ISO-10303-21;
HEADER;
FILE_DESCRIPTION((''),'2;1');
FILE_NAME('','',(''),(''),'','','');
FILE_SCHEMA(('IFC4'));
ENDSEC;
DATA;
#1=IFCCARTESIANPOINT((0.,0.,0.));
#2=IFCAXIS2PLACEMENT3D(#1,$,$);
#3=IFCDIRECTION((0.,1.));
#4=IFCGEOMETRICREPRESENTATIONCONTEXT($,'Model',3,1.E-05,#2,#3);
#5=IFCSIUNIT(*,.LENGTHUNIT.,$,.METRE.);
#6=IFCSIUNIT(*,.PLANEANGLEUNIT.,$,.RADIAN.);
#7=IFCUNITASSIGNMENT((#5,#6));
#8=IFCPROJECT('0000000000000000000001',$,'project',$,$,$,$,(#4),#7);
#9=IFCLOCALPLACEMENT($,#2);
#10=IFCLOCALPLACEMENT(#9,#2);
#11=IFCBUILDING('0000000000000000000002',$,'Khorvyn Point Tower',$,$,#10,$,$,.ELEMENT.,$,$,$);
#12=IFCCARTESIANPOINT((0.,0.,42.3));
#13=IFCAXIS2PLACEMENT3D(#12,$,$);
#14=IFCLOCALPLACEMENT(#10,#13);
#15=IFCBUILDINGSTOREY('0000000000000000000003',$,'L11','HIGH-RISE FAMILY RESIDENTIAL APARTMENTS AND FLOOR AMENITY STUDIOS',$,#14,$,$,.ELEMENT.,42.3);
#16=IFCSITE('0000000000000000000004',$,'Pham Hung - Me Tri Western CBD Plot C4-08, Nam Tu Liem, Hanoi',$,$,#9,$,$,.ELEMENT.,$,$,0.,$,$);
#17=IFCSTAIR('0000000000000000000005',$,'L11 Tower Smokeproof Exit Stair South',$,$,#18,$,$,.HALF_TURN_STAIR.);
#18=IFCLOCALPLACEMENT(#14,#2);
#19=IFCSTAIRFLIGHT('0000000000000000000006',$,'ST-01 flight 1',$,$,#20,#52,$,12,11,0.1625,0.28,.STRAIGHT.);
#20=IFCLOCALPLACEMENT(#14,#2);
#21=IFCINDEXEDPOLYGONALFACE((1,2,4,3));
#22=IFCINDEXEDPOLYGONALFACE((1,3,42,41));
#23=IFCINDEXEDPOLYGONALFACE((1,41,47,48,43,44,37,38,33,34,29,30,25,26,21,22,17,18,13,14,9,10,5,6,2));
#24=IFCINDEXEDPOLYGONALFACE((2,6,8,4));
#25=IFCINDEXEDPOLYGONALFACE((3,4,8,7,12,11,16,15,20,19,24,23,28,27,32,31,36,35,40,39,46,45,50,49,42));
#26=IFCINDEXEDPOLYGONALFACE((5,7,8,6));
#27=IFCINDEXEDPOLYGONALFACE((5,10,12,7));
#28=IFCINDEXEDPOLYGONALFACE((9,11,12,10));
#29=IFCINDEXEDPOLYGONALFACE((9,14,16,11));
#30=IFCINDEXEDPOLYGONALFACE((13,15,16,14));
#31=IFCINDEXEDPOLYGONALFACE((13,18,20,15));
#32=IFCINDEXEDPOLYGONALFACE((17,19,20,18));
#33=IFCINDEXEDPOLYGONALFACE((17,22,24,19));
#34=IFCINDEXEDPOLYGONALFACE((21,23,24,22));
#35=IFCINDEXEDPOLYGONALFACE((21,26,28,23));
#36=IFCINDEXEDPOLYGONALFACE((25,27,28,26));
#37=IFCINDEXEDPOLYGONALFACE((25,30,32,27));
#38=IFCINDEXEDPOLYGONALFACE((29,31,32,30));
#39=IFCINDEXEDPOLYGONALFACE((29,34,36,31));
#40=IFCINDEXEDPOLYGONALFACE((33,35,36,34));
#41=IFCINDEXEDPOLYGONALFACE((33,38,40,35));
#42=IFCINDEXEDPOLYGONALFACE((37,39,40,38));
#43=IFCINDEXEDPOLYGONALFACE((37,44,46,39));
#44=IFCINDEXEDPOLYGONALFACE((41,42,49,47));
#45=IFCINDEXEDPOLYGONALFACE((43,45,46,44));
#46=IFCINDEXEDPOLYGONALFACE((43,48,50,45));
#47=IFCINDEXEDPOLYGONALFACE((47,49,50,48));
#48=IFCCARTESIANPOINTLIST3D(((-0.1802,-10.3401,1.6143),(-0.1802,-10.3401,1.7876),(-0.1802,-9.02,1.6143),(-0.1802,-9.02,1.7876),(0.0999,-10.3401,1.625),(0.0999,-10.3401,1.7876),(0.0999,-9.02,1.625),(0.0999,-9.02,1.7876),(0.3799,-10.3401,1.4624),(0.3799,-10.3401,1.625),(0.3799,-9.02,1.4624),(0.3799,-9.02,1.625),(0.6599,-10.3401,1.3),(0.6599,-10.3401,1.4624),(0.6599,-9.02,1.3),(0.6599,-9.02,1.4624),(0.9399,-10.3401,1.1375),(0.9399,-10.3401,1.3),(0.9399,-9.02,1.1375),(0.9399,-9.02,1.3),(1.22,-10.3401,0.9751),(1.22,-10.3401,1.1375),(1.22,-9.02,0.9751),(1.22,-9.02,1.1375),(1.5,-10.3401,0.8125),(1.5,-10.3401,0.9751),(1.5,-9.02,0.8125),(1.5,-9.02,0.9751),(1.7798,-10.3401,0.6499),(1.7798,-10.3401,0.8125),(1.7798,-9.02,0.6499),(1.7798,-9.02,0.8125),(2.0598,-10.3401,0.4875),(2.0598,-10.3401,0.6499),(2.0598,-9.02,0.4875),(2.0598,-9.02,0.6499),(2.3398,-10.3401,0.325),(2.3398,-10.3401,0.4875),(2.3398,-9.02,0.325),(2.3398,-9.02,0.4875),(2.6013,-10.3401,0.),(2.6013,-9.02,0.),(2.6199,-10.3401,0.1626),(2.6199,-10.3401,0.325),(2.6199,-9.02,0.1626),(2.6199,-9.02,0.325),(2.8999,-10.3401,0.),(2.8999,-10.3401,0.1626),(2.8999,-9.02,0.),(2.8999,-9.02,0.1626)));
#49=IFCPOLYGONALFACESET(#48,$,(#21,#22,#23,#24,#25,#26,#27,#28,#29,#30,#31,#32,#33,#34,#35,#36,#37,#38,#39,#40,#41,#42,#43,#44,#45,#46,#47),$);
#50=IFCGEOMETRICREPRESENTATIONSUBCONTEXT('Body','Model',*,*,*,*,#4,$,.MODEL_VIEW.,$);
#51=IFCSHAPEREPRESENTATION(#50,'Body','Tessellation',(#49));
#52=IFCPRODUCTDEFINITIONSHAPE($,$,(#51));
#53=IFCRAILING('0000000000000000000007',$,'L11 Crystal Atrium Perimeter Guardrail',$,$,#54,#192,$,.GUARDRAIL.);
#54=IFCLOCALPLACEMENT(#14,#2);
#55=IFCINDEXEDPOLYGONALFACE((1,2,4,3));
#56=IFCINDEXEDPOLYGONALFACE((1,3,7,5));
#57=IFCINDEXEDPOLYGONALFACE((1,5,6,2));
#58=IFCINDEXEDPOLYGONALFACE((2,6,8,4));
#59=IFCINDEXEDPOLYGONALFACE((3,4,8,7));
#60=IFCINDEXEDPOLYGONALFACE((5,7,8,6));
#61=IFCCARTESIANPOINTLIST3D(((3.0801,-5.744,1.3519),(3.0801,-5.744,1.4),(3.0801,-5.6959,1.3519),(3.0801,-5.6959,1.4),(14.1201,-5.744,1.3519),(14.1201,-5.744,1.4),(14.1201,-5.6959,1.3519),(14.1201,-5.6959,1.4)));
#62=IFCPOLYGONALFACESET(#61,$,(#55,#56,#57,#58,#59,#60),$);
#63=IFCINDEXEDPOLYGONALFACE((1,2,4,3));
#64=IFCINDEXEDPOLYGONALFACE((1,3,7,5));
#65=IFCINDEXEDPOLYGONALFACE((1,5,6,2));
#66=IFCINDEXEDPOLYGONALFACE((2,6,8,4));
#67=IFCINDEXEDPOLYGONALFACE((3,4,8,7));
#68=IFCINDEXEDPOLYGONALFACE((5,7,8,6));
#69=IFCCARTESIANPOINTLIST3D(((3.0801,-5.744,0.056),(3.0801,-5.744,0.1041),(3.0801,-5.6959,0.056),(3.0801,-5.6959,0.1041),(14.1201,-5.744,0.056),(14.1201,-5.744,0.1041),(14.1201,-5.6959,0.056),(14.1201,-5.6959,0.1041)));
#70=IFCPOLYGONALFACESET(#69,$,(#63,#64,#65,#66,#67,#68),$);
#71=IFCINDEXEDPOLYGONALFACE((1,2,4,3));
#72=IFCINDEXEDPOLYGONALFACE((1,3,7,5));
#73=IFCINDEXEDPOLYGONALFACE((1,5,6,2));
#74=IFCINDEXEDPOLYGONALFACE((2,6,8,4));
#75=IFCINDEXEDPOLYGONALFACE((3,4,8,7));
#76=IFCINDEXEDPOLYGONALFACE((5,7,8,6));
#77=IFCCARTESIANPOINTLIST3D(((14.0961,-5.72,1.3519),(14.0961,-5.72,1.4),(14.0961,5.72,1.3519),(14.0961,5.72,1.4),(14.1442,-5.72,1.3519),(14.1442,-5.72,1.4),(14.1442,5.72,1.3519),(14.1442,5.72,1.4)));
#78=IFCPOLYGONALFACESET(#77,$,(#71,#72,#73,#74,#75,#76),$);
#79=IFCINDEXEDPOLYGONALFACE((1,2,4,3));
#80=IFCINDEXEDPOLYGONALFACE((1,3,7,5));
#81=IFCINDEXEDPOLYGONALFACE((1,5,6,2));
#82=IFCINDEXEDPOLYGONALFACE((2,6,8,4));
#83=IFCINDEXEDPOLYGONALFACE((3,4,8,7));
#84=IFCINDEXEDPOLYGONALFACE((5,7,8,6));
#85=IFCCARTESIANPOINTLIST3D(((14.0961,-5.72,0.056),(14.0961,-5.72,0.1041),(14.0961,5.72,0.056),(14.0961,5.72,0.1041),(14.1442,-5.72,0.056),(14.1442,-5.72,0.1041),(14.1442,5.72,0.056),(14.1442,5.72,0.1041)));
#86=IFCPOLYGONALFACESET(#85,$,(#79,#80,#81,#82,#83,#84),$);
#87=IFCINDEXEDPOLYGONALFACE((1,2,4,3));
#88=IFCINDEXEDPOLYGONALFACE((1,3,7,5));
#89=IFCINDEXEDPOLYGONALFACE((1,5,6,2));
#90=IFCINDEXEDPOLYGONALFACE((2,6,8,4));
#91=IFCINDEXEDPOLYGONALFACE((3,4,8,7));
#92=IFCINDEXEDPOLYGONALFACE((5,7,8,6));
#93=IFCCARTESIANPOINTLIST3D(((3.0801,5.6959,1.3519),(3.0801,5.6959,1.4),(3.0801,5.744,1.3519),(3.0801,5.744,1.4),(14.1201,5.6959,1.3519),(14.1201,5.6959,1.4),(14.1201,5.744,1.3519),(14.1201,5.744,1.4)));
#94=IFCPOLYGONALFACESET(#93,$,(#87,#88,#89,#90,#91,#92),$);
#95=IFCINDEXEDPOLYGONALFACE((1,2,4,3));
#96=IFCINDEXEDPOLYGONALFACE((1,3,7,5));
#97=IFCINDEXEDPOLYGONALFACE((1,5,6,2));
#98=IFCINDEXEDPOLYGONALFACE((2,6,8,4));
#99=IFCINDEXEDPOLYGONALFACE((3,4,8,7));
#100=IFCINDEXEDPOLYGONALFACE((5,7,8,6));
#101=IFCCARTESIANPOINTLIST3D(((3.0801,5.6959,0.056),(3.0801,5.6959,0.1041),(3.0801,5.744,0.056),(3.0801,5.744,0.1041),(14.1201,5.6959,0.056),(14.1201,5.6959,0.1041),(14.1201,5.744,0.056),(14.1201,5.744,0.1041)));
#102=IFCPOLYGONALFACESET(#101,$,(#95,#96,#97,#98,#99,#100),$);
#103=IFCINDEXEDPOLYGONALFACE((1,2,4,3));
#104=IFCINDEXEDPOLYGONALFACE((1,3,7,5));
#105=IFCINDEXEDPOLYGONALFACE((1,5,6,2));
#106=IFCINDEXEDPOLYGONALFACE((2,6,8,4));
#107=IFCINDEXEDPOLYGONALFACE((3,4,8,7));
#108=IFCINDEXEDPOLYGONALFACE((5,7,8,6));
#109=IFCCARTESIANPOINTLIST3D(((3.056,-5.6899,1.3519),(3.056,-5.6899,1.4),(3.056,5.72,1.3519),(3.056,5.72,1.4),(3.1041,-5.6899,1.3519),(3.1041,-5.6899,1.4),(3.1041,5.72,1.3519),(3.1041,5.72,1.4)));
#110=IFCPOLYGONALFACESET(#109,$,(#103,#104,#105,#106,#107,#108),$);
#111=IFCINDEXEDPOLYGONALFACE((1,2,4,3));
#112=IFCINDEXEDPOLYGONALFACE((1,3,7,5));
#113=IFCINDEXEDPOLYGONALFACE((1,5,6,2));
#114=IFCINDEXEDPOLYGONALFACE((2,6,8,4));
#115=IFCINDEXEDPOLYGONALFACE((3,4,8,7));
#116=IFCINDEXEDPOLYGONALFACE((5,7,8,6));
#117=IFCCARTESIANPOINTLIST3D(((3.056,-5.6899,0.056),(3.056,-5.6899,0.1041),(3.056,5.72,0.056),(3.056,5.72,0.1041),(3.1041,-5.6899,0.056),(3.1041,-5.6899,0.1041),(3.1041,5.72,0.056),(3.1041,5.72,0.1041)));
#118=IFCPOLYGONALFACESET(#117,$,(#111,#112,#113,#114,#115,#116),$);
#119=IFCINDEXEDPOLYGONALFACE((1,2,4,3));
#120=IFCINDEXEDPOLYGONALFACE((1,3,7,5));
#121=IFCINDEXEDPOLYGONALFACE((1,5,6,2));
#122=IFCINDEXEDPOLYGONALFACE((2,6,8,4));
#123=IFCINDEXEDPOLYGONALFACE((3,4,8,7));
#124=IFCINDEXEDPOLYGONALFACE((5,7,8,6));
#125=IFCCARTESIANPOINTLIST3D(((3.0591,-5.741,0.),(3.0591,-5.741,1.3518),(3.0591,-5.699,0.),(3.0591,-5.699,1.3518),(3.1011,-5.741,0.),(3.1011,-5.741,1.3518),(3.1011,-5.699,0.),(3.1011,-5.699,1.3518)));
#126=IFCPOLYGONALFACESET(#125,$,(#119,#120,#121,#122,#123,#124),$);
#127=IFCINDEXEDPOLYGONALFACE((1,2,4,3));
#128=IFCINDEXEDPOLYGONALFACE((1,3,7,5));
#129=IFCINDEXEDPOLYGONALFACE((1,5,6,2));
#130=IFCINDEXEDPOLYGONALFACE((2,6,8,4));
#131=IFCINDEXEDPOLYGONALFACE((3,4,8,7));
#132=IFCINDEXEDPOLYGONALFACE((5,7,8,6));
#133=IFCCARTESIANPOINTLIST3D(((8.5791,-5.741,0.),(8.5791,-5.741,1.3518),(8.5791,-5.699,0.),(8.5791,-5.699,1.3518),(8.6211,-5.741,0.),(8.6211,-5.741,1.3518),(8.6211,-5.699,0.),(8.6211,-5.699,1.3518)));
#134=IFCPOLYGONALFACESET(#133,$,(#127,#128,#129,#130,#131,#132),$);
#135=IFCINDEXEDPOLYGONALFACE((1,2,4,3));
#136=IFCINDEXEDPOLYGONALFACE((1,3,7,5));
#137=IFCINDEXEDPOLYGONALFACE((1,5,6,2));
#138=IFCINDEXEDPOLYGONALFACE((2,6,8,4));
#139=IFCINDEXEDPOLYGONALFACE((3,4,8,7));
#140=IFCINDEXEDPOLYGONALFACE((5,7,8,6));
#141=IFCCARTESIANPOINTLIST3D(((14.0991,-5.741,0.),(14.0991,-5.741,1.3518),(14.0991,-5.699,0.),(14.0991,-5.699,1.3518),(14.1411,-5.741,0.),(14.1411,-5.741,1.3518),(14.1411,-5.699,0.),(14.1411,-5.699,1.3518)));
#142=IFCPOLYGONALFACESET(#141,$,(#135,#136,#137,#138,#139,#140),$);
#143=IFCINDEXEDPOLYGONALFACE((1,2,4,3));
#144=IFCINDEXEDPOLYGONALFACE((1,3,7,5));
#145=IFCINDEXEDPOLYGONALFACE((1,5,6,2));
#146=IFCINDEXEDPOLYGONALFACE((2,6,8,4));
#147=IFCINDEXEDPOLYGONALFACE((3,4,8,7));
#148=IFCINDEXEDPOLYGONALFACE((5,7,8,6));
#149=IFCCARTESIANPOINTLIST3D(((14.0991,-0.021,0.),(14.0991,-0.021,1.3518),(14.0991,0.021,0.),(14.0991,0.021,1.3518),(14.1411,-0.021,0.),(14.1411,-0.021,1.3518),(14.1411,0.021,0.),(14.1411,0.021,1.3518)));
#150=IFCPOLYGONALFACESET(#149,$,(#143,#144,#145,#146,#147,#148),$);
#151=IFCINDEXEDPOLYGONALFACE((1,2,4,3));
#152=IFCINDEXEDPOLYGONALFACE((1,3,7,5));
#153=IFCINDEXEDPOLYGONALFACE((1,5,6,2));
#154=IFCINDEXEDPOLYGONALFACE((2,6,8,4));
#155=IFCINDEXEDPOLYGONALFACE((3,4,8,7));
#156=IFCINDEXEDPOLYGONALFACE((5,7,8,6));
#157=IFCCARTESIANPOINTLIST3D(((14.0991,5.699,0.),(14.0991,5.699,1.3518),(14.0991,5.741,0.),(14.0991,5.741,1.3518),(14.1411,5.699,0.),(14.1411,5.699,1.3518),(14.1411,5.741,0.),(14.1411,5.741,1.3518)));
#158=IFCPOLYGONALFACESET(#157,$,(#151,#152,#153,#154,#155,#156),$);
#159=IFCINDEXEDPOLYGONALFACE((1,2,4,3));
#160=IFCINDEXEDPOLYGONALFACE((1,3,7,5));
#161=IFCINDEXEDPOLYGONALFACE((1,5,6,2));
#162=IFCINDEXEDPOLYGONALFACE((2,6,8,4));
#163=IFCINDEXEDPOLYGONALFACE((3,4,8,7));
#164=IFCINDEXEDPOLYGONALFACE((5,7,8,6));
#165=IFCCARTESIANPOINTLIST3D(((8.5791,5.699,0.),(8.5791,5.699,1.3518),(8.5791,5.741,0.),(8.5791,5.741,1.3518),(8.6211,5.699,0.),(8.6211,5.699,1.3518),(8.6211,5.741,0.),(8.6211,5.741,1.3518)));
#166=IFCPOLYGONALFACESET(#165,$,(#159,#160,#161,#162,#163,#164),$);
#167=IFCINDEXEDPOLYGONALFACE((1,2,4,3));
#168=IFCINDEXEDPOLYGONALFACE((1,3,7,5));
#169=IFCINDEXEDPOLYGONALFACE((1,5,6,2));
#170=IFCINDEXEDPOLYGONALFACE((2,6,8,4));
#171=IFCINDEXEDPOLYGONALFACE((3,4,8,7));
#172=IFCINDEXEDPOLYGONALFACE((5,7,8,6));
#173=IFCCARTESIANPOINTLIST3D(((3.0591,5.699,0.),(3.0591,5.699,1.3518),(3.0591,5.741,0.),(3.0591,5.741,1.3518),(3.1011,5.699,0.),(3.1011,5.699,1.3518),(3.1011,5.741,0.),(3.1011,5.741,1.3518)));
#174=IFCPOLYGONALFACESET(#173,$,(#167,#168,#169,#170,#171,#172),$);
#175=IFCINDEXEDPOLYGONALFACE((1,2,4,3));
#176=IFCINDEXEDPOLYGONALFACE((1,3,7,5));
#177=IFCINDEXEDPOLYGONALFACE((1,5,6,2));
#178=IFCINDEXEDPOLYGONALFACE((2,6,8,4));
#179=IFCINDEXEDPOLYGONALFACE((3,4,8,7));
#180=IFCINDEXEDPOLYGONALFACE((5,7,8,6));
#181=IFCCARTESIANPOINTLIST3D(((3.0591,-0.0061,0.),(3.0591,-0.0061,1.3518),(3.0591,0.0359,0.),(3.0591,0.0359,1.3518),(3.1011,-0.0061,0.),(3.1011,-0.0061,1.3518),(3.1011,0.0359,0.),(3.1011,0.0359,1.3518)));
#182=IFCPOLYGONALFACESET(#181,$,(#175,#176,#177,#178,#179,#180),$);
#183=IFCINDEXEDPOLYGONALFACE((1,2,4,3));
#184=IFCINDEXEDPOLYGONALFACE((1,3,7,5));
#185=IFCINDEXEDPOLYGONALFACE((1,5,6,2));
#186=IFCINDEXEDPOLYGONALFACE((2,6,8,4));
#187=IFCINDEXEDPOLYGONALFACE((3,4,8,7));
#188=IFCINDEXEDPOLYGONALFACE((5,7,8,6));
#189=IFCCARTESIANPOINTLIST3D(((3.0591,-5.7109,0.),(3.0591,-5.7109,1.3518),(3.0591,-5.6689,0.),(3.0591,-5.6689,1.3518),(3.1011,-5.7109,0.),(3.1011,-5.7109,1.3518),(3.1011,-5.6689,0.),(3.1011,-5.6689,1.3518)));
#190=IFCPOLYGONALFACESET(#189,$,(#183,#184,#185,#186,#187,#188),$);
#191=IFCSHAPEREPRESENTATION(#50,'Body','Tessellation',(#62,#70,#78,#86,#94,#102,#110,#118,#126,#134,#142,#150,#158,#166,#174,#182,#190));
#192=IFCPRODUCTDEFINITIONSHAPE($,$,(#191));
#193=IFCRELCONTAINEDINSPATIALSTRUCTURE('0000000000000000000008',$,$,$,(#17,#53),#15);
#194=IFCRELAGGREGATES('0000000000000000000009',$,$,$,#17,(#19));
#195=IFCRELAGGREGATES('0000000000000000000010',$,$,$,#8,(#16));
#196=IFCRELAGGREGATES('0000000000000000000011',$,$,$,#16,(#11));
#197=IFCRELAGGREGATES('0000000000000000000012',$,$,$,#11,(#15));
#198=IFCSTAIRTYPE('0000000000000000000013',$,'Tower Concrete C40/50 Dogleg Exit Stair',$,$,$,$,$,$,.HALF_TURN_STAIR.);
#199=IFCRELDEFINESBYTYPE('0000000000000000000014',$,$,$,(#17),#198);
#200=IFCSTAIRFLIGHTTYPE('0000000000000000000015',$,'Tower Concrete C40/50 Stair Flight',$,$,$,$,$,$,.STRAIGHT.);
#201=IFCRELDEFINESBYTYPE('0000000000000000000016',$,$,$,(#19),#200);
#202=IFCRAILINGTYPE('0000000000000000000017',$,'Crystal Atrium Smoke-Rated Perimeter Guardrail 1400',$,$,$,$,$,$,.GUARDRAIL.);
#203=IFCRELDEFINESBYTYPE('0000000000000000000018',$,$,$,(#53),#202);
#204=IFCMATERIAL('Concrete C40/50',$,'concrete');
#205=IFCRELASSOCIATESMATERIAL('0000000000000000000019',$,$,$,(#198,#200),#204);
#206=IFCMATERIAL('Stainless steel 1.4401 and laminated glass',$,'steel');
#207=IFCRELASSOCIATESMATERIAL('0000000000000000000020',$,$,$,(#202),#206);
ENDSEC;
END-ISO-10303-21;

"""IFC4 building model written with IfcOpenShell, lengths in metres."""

from ifc_helpers import new_model, si_unit, direction, frame, origin, origin_2d, place, context, subcontext, project, spatial, polyline, rectangle, outline, extrude, material, type_object, element, aggregate, save


model = new_model("IFC4")

# Units and contexts
model_context = context("Model", 3, precision=1e-05, world=origin(), true_north=direction((0.0, 1.0)))
body_context = subcontext(model_context, "Body", "Model", "MODEL_VIEW")
ifc_project = project(units=[si_unit("LENGTHUNIT", "METRE"), si_unit("PLANEANGLEUNIT", "RADIAN")], contexts=[model_context])

# Site, building, storey
site_placement = place(None, origin())
site = spatial("IfcSite", under=ifc_project, at=site_placement, Name="Pham Hung - Me Tri Western CBD Plot C4-08, Nam Tu Liem, Hanoi", CompositionType="ELEMENT", RefElevation=0.0)
building_placement = place(site_placement, origin())
building = spatial("IfcBuilding", under=site, at=building_placement, Name="Khorvyn Point Tower", CompositionType="ELEMENT")
storey_placement = place(building_placement, frame((0.0, 0.0, 42.3)))
storey = spatial("IfcBuildingStorey", under=building, at=storey_placement, Name="L11", Description="HIGH-RISE FAMILY RESIDENTIAL APARTMENTS AND FLOOR AMENITY STUDIOS", CompositionType="ELEMENT", Elevation=42.3)

# Shared definitions
ifc_material_1 = material(Name="Concrete C40/50", Category="concrete")

# Stair, stair flight
stair_type = type_object("IfcStairType", Name="Tower Concrete C40/50 Dogleg Exit Stair", PredefinedType="HALF_TURN_STAIR", material=ifc_material_1)
stair_placement = place(storey_placement, origin())
stair = element("IfcStair", 1, at=stair_placement, inside=storey, type_object=stair_type, Name="L11 Tower Smokeproof Exit Stair South", PredefinedType="HALF_TURN_STAIR")
stair_flight_type = type_object("IfcStairFlightType", Name="Tower Concrete C40/50 Stair Flight", PredefinedType="STRAIGHT", material=ifc_material_1)
stair_flight_placement = place(storey_placement, frame((2.8999, -9.6799, 0.0), z_axis=(0.0, 0.0, 1.0), x_axis=(-1.0, 0.0, 0.0)))
stair_flight = element("IfcStairFlight", 2, at=stair_flight_placement, type_object=stair_flight_type, Name="ST-01 flight 1", NumberOfRisers=12, NumberOfTreads=11, PredefinedType="STRAIGHT", RiserHeight=0.1625, TreadLength=0.28, context=body_context, shape_type="SweptSolid", body=[
    extrude(outline(polyline([(0.0, 0.0), (0.0, 0.1626), (0.28, 0.1626), (0.28, 0.325), (0.5601, 0.325), (0.5601, 0.4875), (0.8401, 0.4875), (0.8401, 0.6499), (1.1201, 0.6499), (1.1201, 0.8125), (1.3999, 0.8125), (1.3999, 0.9751), (1.6799, 0.9751), (1.6799, 1.1375), (1.96, 1.1375), (1.96, 1.3), (2.24, 1.3), (2.24, 1.4624), (2.52, 1.4624), (2.52, 1.625), (2.8, 1.625), (2.8, 1.7876), (3.0801, 1.7876), (3.0801, 1.95), (3.0801, 1.6143), (0.2986, 0.0), (0.0, 0.0)])), frame((0.0, 0.6602, 0.0), z_axis=(0.0, -1.0, 0.0), x_axis=(1.0, 0.0, 0.0)), (0.0, 0.0, 1.0), 1.3201),
])
aggregate(stair, [stair_flight])

# Railing
ifc_material_2 = material(Name="Stainless steel 1.4401 and laminated glass", Category="steel")
railing_type_1 = type_object("IfcRailingType", Name="Crystal Atrium Smoke-Rated Perimeter Guardrail 1400", PredefinedType="GUARDRAIL", material=ifc_material_2)
railing_1_placement = place(storey_placement, frame((3.0801, -5.72, 0.0)))
element("IfcRailing", 3, at=railing_1_placement, inside=storey, type_object=railing_type_1, Name="L11 Crystal Atrium Perimeter Guardrail", PredefinedType="GUARDRAIL", context=body_context, shape_type="SweptSolid", body=[
    extrude(rectangle(XDim=0.0481, YDim=0.0481, at=origin_2d()), frame((0.0, 0.0, 1.376), z_axis=(1.0, 0.0, 0.0), x_axis=(0.0, 1.0, 0.0)), (0.0, 0.0, 1.0), 11.04),
    extrude(rectangle(XDim=0.0481, YDim=0.0481, at=origin_2d()), frame((0.0, 0.0, 0.0801), z_axis=(1.0, 0.0, 0.0), x_axis=(0.0, 1.0, 0.0)), (0.0, 0.0, 1.0), 11.04),
    extrude(rectangle(XDim=0.0481, YDim=0.0481, at=origin_2d()), frame((11.04, 0.0, 1.376), z_axis=(0.0, 1.0, 0.0), x_axis=(-1.0, 0.0, 0.0)), (0.0, 0.0, 1.0), 11.4399),
    extrude(rectangle(XDim=0.0481, YDim=0.0481, at=origin_2d()), frame((11.04, 0.0, 0.0801), z_axis=(0.0, 1.0, 0.0), x_axis=(-1.0, 0.0, 0.0)), (0.0, 0.0, 1.0), 11.4399),
    extrude(rectangle(XDim=0.0481, YDim=0.0481, at=origin_2d()), frame((11.04, 11.4399, 1.376), z_axis=(-1.0, 0.0, 0.0), x_axis=(0.0, -1.0, 0.0)), (0.0, 0.0, 1.0), 11.04),
    extrude(rectangle(XDim=0.0481, YDim=0.0481, at=origin_2d()), frame((11.04, 11.4399, 0.0801), z_axis=(-1.0, 0.0, 0.0), x_axis=(0.0, -1.0, 0.0)), (0.0, 0.0, 1.0), 11.04),
    extrude(rectangle(XDim=0.0481, YDim=0.0481, at=origin_2d()), frame((0.0, 11.4399, 1.376), z_axis=(0.0, -1.0, 0.0), x_axis=(1.0, 0.0, 0.0)), (0.0, 0.0, 1.0), 11.4099),
    extrude(rectangle(XDim=0.0481, YDim=0.0481, at=origin_2d()), frame((0.0, 11.4399, 0.0801), z_axis=(0.0, -1.0, 0.0), x_axis=(1.0, 0.0, 0.0)), (0.0, 0.0, 1.0), 11.4099),
    extrude(rectangle(XDim=0.042, YDim=0.042, at=origin_2d()), origin(), (0.0, 0.0, 1.0), 1.3518),
    extrude(rectangle(XDim=0.042, YDim=0.042, at=origin_2d()), frame((5.52, 0.0, 0.0)), (0.0, 0.0, 1.0), 1.3518),
    extrude(rectangle(XDim=0.042, YDim=0.042, at=origin_2d()), frame((11.04, 0.0, 0.0)), (0.0, 0.0, 1.0), 1.3518),
    extrude(rectangle(XDim=0.042, YDim=0.042, at=origin_2d()), frame((11.04, 5.72, 0.0)), (0.0, 0.0, 1.0), 1.3518),
    extrude(rectangle(XDim=0.042, YDim=0.042, at=origin_2d()), frame((11.04, 11.4399, 0.0)), (0.0, 0.0, 1.0), 1.3518),
    extrude(rectangle(XDim=0.042, YDim=0.042, at=origin_2d()), frame((5.52, 11.4399, 0.0)), (0.0, 0.0, 1.0), 1.3518),
    extrude(rectangle(XDim=0.042, YDim=0.042, at=origin_2d()), frame((0.0, 11.4399, 0.0)), (0.0, 0.0, 1.0), 1.3518),
    extrude(rectangle(XDim=0.042, YDim=0.042, at=origin_2d()), frame((0.0, 5.7349, 0.0)), (0.0, 0.0, 1.0), 1.3518),
    extrude(rectangle(XDim=0.042, YDim=0.042, at=origin_2d()), frame((0.0, 0.03, 0.0)), (0.0, 0.0, 1.0), 1.3518),
])

save(model, "model.ifc")
